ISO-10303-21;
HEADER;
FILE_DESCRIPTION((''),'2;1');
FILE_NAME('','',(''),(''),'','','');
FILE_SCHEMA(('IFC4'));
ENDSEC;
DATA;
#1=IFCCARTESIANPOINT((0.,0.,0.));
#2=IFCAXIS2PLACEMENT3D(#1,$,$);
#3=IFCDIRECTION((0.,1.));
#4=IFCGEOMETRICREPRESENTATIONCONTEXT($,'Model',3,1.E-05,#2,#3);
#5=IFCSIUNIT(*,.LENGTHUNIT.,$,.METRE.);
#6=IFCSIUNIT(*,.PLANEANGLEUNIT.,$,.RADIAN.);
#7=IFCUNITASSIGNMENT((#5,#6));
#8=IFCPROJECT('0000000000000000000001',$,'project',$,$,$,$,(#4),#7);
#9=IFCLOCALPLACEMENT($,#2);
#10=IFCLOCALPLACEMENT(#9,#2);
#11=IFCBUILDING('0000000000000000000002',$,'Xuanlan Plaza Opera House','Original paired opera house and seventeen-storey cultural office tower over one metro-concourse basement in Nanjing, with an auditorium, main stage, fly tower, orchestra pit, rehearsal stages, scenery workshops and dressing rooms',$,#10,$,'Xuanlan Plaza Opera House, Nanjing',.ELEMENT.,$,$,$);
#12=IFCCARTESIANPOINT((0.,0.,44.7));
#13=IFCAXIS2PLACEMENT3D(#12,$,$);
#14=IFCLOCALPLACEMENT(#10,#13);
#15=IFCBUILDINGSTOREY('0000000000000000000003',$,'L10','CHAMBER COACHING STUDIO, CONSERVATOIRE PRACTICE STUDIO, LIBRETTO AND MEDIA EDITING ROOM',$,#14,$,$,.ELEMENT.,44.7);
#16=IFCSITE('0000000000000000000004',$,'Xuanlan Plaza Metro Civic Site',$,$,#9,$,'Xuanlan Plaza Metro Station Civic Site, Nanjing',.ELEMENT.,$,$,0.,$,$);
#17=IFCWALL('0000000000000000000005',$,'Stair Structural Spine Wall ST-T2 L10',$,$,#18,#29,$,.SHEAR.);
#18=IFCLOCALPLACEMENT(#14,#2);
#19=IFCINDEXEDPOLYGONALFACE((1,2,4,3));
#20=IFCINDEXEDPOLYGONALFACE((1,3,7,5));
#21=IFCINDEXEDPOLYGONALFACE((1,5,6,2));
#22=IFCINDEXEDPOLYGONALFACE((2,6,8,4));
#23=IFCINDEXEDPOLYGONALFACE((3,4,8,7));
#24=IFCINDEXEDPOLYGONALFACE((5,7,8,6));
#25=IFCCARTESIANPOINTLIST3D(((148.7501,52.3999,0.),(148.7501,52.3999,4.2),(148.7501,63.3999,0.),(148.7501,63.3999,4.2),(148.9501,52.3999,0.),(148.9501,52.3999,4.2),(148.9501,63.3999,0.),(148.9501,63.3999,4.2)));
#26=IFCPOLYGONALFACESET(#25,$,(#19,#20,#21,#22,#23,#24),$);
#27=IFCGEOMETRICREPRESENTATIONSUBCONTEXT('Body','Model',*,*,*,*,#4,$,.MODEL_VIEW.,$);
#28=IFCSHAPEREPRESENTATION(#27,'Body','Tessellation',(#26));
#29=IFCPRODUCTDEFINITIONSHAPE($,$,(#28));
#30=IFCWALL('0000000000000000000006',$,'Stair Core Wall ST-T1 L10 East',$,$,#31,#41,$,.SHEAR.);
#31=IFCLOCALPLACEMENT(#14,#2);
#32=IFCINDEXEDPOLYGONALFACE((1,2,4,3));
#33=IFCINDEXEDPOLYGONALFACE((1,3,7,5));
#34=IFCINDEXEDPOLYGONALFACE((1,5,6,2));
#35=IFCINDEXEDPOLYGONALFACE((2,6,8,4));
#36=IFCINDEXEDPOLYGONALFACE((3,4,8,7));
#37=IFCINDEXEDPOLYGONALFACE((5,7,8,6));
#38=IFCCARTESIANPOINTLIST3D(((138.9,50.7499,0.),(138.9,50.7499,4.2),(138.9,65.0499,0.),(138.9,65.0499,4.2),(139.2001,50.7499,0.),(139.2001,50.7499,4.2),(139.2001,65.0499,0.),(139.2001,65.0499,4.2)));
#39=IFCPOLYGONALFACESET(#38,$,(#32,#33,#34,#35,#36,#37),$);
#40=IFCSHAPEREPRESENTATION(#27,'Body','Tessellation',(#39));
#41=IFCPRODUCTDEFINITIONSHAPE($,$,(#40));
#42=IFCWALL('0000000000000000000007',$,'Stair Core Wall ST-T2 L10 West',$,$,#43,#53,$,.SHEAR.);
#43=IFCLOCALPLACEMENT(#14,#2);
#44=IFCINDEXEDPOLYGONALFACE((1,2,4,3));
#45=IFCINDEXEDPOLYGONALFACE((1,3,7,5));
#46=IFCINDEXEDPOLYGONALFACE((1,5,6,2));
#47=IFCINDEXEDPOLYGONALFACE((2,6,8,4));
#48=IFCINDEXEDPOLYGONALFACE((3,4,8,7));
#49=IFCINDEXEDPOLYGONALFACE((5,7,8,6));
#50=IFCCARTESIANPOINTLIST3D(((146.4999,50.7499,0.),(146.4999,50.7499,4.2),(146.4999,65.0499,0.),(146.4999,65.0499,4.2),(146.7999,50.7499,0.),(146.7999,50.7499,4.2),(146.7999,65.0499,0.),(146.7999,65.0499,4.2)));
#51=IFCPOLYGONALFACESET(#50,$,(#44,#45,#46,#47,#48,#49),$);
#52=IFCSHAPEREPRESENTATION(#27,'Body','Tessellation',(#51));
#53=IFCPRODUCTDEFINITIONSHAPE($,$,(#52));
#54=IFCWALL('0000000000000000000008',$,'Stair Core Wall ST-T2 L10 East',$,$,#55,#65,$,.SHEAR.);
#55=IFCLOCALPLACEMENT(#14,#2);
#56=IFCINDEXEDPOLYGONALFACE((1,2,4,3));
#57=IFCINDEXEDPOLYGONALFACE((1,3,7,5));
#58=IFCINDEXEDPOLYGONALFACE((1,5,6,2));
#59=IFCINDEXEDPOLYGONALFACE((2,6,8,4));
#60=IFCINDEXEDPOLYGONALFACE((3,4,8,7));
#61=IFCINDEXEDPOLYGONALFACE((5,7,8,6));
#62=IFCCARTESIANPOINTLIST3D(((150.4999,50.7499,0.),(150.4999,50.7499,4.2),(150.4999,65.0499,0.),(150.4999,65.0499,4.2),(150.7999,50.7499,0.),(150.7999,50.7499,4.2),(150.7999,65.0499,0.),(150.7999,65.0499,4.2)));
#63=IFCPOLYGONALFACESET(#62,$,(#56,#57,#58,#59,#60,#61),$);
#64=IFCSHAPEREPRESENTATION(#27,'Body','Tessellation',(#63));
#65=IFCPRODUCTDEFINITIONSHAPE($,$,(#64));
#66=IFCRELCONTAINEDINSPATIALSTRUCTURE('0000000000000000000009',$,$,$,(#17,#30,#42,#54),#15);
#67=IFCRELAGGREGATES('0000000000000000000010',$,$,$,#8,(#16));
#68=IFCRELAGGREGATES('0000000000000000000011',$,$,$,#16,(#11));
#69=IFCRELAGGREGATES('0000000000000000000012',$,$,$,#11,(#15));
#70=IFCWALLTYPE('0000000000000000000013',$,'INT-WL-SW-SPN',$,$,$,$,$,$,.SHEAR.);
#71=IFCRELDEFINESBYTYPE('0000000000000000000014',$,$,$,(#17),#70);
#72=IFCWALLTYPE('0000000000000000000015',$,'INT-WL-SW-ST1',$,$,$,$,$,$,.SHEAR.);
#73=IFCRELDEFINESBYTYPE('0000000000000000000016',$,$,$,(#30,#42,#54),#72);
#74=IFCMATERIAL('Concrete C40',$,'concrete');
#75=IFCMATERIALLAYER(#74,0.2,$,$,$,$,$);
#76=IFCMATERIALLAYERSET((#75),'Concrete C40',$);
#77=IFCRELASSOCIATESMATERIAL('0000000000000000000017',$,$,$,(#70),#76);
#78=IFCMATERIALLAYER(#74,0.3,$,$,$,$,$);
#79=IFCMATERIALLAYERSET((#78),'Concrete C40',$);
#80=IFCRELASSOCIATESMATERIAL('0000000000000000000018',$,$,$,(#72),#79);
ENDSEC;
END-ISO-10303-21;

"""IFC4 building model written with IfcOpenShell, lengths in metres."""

from ifc_helpers import new_model, si_unit, direction, frame, frame_2d, origin, place, context, subcontext, project, spatial, rectangle, extrude, material, layer, layer_set, type_object, element, save


model = new_model("IFC4")

# Units and contexts
model_context = context("Model", 3, precision=1e-05, world=origin(), true_north=direction((0.0, 1.0)))
body_context = subcontext(model_context, "Body", "Model", "MODEL_VIEW")
ifc_project = project(units=[si_unit("LENGTHUNIT", "METRE"), si_unit("PLANEANGLEUNIT", "RADIAN")], contexts=[model_context])

# Site, building, storey
site_placement = place(None, origin())
site = spatial("IfcSite", under=ifc_project, at=site_placement, Name="Xuanlan Plaza Metro Civic Site", LongName="Xuanlan Plaza Metro Station Civic Site, Nanjing", CompositionType="ELEMENT", RefElevation=0.0)
building_placement = place(site_placement, origin())
building = spatial("IfcBuilding", under=site, at=building_placement, Name="Xuanlan Plaza Opera House", Description="Original paired opera house and seventeen-storey cultural office tower over one metro-concourse basement in Nanjing, with an auditorium, main stage, fly tower, orchestra pit, rehearsal stages, scenery workshops and dressing rooms", LongName="Xuanlan Plaza Opera House, Nanjing", CompositionType="ELEMENT")
storey_placement = place(building_placement, frame((0.0, 0.0, 44.7)))
storey = spatial("IfcBuildingStorey", under=building, at=storey_placement, Name="L10", Description="CHAMBER COACHING STUDIO, CONSERVATOIRE PRACTICE STUDIO, LIBRETTO AND MEDIA EDITING ROOM", CompositionType="ELEMENT", Elevation=44.7)

# Shared definitions
ifc_material_1 = material(Name="Concrete C40", Category="concrete")

# Walls
ifc_layer_1 = layer(ifc_material_1, 0.2)
ifc_layer_set_1 = layer_set([ifc_layer_1], Name="Concrete C40")
wall_type_1 = type_object("IfcWallType", Name="INT-WL-SW-SPN", PredefinedType="SHEAR", material=ifc_layer_set_1)
for number, where, z_axis, x_axis, name in (
    (1, (148.8501, 52.3999, 0.0), (0.0, 0.0, 1.0), (0.0, 1.0, 0.0), "Stair Structural Spine Wall ST-T2 L10"),
):
    element("IfcWall", number, at=place(storey_placement, frame(where, z_axis=z_axis, x_axis=x_axis)), inside=storey, type_object=wall_type_1, Name=name, PredefinedType="SHEAR", context=body_context, shape_type="SweptSolid", body=[
        extrude(rectangle(XDim=11.0, YDim=0.2, at=frame_2d((5.5, 0.0))), origin(), (0.0, 0.0, 1.0), 4.2),
    ])
ifc_layer_2 = layer(ifc_material_1, 0.3)
ifc_layer_set_2 = layer_set([ifc_layer_2], Name="Concrete C40")
wall_type_2 = type_object("IfcWallType", Name="INT-WL-SW-ST1", PredefinedType="SHEAR", material=ifc_layer_set_2)
wall_1_placement = place(storey_placement, frame((139.05, 50.75, 0.0), z_axis=(0.0, 0.0, 1.0), x_axis=(0.0, 1.0, 0.0)))
element("IfcWall", 2, at=wall_1_placement, inside=storey, type_object=wall_type_2, Name="Stair Core Wall ST-T1 L10 East", PredefinedType="SHEAR", context=body_context, shape_type="SweptSolid", body=[
    extrude(rectangle(XDim=14.3, YDim=0.3, at=frame_2d((7.1499, 0.0))), origin(), (0.0, 0.0, 1.0), 4.2),
])

# Walls
for number, where, z_axis, x_axis, name in (
    (3, (146.6499, 50.75, 0.0), (0.0, 0.0, 1.0), (0.0, 1.0, 0.0), "Stair Core Wall ST-T2 L10 West"),
    (4, (150.6499, 50.75, 0.0), (0.0, 0.0, 1.0), (0.0, 1.0, 0.0), "Stair Core Wall ST-T2 L10 East"),
):
    element("IfcWall", number, at=place(storey_placement, frame(where, z_axis=z_axis, x_axis=x_axis)), inside=storey, type_object=wall_type_2, Name=name, PredefinedType="SHEAR", context=body_context, shape_type="SweptSolid", body=[
        extrude(rectangle(XDim=14.3, YDim=0.3, at=frame_2d((7.1499, 0.0))), origin(), (0.0, 0.0, 1.0), 4.2),
    ])

save(model, "model.ifc")
